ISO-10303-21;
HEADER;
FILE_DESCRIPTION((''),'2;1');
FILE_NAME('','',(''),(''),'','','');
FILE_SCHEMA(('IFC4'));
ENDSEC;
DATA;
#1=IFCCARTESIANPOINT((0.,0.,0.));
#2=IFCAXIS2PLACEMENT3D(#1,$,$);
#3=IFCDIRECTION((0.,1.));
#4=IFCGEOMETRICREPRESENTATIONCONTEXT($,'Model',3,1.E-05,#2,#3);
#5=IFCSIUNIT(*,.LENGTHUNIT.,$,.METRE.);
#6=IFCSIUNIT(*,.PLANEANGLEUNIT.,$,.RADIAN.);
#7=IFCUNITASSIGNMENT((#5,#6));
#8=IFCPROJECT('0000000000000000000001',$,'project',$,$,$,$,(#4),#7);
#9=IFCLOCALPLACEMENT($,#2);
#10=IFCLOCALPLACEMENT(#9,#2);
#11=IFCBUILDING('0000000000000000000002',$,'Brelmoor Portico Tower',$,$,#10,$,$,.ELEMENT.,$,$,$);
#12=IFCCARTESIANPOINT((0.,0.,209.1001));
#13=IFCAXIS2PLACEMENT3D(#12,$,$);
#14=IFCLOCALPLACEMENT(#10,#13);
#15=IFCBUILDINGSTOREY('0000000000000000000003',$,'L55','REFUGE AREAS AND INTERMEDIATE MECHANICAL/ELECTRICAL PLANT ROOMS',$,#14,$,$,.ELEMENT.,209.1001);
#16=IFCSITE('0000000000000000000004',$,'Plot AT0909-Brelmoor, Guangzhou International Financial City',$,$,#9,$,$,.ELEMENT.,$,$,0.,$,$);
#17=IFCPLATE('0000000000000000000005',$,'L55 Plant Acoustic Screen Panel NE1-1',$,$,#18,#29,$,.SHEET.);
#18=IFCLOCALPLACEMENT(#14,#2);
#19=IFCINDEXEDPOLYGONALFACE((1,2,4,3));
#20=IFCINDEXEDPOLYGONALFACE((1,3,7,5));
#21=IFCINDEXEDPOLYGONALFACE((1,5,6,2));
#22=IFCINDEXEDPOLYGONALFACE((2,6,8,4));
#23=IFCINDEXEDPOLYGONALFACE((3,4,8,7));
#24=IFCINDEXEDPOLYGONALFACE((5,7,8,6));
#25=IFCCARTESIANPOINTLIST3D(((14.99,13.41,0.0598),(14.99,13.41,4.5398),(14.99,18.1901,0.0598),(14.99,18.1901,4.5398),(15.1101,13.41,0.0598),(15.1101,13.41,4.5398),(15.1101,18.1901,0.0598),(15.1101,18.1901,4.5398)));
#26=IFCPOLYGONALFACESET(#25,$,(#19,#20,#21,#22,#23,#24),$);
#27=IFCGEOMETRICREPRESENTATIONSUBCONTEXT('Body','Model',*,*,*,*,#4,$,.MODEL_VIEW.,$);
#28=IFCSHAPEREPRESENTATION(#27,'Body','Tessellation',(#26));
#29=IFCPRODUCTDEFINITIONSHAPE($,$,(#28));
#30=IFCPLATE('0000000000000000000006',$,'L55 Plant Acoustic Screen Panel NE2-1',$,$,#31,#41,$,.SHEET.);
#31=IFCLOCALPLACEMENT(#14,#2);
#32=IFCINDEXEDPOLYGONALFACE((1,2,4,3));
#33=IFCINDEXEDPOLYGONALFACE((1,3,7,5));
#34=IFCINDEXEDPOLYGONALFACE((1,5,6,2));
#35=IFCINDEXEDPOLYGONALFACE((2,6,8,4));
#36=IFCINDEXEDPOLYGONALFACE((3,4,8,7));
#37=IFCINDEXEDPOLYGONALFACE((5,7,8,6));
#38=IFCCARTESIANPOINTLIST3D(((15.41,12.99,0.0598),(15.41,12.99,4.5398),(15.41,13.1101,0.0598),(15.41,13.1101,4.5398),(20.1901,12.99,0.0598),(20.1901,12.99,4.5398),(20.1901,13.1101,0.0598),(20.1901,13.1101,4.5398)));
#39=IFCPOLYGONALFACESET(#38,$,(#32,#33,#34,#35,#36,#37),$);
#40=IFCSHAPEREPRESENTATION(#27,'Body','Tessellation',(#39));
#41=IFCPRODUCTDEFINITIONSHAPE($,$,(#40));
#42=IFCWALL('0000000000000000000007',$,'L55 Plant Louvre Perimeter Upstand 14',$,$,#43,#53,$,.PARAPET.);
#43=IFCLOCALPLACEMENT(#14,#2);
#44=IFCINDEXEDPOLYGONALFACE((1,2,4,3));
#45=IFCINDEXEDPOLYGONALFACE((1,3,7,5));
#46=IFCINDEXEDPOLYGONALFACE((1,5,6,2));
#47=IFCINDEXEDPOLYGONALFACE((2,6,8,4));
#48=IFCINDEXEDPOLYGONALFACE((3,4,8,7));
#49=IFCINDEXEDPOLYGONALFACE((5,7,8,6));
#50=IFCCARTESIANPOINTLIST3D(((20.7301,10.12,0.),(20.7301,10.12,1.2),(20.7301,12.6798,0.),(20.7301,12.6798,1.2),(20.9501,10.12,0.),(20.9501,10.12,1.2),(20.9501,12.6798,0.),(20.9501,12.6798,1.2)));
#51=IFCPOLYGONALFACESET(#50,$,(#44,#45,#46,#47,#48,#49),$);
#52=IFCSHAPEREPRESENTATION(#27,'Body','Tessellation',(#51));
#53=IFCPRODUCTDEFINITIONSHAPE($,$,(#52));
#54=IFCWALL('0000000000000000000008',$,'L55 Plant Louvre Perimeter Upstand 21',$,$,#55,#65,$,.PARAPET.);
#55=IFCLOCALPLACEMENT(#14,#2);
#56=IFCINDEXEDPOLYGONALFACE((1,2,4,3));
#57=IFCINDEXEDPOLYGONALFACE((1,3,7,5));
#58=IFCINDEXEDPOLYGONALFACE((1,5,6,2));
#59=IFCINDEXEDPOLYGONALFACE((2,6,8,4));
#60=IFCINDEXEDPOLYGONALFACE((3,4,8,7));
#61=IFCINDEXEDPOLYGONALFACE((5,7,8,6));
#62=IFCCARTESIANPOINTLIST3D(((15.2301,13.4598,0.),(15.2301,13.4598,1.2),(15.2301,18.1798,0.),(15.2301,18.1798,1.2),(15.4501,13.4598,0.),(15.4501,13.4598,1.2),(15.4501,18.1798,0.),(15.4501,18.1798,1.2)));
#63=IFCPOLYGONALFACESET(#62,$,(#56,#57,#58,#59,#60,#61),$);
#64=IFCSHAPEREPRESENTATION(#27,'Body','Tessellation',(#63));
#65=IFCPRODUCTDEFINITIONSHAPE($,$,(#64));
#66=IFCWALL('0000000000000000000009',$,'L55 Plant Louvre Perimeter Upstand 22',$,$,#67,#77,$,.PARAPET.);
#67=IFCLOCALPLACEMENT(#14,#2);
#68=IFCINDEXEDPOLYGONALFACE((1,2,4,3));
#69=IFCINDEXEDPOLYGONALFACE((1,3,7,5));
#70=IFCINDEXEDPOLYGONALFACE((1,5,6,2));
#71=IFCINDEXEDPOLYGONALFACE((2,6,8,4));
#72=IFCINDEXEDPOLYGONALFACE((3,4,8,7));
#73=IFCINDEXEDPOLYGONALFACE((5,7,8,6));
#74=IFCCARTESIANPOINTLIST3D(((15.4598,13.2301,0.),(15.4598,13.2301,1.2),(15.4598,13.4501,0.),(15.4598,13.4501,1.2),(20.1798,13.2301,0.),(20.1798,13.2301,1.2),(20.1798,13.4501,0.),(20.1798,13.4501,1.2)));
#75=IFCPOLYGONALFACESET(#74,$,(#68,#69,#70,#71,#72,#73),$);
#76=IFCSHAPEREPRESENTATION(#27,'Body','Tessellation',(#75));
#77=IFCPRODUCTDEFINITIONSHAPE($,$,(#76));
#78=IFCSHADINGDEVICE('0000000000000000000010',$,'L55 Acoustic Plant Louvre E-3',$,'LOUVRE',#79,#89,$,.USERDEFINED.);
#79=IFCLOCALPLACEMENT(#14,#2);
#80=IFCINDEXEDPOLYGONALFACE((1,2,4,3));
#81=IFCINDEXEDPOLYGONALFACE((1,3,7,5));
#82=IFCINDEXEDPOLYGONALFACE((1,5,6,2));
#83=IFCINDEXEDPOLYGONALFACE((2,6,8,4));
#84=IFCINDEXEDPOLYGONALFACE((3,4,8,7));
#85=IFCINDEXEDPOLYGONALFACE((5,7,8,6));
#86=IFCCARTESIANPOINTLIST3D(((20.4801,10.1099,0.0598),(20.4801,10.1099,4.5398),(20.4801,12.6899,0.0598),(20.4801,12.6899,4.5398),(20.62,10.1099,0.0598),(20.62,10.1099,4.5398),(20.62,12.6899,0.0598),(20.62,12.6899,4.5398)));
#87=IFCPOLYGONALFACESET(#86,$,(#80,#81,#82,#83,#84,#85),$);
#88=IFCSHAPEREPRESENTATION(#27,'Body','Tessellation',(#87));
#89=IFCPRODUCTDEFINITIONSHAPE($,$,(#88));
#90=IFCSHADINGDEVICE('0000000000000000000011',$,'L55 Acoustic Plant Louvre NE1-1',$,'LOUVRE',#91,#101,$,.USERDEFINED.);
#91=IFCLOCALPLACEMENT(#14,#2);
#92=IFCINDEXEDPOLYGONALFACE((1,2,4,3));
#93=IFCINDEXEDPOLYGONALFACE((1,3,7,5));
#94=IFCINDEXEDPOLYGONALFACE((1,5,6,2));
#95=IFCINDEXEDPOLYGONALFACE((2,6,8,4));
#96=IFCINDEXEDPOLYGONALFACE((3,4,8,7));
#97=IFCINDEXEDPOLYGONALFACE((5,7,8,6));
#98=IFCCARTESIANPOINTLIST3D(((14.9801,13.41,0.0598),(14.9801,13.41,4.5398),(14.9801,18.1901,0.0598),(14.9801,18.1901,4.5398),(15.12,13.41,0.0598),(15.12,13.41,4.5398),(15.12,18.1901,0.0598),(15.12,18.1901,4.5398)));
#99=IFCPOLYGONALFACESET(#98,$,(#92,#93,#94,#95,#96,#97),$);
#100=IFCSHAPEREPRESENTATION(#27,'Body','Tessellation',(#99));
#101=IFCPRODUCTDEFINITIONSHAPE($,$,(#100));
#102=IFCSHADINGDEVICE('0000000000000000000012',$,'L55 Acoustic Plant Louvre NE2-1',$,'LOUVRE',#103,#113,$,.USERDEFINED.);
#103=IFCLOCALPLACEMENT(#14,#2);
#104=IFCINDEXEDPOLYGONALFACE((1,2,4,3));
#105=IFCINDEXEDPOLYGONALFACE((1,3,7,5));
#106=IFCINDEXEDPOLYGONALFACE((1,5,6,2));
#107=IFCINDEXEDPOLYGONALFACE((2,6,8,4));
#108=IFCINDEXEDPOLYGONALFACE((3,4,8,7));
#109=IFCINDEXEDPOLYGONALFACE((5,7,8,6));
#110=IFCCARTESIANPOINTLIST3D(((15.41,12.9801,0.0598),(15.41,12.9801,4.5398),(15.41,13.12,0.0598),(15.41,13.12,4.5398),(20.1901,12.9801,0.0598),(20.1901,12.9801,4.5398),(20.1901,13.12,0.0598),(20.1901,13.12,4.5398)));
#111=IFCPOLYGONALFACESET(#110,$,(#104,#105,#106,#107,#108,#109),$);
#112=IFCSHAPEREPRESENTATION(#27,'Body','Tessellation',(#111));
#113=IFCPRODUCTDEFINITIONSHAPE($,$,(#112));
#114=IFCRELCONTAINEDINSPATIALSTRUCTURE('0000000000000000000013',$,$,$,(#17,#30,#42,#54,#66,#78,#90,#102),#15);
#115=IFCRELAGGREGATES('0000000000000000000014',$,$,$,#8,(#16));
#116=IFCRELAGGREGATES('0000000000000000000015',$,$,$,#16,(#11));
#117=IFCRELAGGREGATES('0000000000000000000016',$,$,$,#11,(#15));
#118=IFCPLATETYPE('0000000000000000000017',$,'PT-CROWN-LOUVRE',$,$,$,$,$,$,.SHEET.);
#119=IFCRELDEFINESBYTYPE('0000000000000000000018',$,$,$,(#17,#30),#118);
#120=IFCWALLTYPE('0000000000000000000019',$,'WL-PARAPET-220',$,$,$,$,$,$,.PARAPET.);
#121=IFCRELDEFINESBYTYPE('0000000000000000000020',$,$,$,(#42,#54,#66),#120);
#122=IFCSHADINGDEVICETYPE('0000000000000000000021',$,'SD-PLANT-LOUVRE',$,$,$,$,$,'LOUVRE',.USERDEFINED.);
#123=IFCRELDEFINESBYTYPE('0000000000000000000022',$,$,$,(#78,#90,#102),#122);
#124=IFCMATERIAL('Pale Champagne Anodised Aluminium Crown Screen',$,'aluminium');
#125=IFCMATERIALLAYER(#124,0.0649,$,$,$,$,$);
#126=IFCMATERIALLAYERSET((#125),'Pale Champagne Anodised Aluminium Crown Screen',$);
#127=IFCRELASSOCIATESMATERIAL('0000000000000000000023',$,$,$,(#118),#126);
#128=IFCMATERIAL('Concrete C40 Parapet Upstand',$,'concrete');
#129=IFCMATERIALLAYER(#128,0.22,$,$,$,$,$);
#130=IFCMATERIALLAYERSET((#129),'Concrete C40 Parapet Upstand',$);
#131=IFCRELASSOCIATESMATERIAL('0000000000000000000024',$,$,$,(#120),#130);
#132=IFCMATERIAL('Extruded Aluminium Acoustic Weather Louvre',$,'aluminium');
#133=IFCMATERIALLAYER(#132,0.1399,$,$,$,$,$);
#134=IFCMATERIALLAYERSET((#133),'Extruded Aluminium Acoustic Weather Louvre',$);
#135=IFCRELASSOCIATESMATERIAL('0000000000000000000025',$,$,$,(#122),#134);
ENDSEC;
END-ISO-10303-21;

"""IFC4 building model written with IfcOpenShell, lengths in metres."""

from ifc_helpers import new_model, si_unit, direction, frame, frame_2d, origin, origin_2d, place, context, subcontext, project, spatial, rectangle, extrude, material, layer, layer_set, type_object, element, save


model = new_model("IFC4")

# Units and contexts
model_context = context("Model", 3, precision=1e-05, world=origin(), true_north=direction((0.0, 1.0)))
body_context = subcontext(model_context, "Body", "Model", "MODEL_VIEW")
ifc_project = project(units=[si_unit("LENGTHUNIT", "METRE"), si_unit("PLANEANGLEUNIT", "RADIAN")], contexts=[model_context])

# Site, building, storey
site_placement = place(None, origin())
site = spatial("IfcSite", under=ifc_project, at=site_placement, Name="Plot AT0909-Brelmoor, Guangzhou International Financial City", CompositionType="ELEMENT", RefElevation=0.0)
building_placement = place(site_placement, origin())
building = spatial("IfcBuilding", under=site, at=building_placement, Name="Brelmoor Portico Tower", CompositionType="ELEMENT")
storey_placement = place(building_placement, frame((0.0, 0.0, 209.1001)))
storey = spatial("IfcBuildingStorey", under=building, at=storey_placement, Name="L55", Description="REFUGE AREAS AND INTERMEDIATE MECHANICAL/ELECTRICAL PLANT ROOMS", CompositionType="ELEMENT", Elevation=209.1001)

# Plates
ifc_material_1 = material(Name="Pale Champagne Anodised Aluminium Crown Screen", Category="aluminium")
ifc_layer_1 = layer(ifc_material_1, 0.0649)
ifc_layer_set_1 = layer_set([ifc_layer_1], Name="Pale Champagne Anodised Aluminium Crown Screen")
plate_type_1 = type_object("IfcPlateType", Name="PT-CROWN-LOUVRE", PredefinedType="SHEET", material=ifc_layer_set_1)
for number, where, z_axis, x_axis, name in (
    (1, (15.05, 15.8, 0.0598), (0.0, 0.0, 1.0), (0.0, 1.0, 0.0), "L55 Plant Acoustic Screen Panel NE1-1"),
    (2, (17.8, 13.05, 0.0598), (0.0, 0.0, 1.0), (1.0, 0.0, 0.0), "L55 Plant Acoustic Screen Panel NE2-1"),
):
    element("IfcPlate", number, at=place(storey_placement, frame(where, z_axis=z_axis, x_axis=x_axis)), inside=storey, type_object=plate_type_1, Name=name, PredefinedType="SHEET", context=body_context, shape_type="SweptSolid", body=[
        extrude(rectangle(XDim=4.78, YDim=0.1201, at=origin_2d()), origin(), (0.0, 0.0, 1.0), 4.48),
    ])

# Walls
ifc_material_2 = material(Name="Concrete C40 Parapet Upstand", Category="concrete")
ifc_layer_2 = layer(ifc_material_2, 0.22)
ifc_layer_set_2 = layer_set([ifc_layer_2], Name="Concrete C40 Parapet Upstand")
wall_type = type_object("IfcWallType", Name="WL-PARAPET-220", PredefinedType="PARAPET", material=ifc_layer_set_2)
wall_placement = place(storey_placement, frame((20.8401, 10.1201, 0.0), z_axis=(0.0, 0.0, 1.0), x_axis=(0.0, 1.0, 0.0)))
element("IfcWall", 3, at=wall_placement, inside=storey, type_object=wall_type, Name="L55 Plant Louvre Perimeter Upstand 14", PredefinedType="PARAPET", context=body_context, shape_type="SweptSolid", body=[
    extrude(rectangle(XDim=2.5598, YDim=0.22, at=frame_2d((1.2798, 0.0))), origin(), (0.0, 0.0, 1.0), 1.2),
])
for number, where, z_axis, x_axis, name in (
    (4, (15.3401, 13.46, 0.0), (0.0, 0.0, 1.0), (0.0, 1.0, 0.0), "L55 Plant Louvre Perimeter Upstand 21"),
    (5, (15.46, 13.3401, 0.0), (0.0, 0.0, 1.0), (1.0, 0.0, 0.0), "L55 Plant Louvre Perimeter Upstand 22"),
):
    element("IfcWall", number, at=place(storey_placement, frame(where, z_axis=z_axis, x_axis=x_axis)), inside=storey, type_object=wall_type, Name=name, PredefinedType="PARAPET", context=body_context, shape_type="SweptSolid", body=[
        extrude(rectangle(XDim=4.72, YDim=0.22, at=frame_2d((2.3599, 0.0))), origin(), (0.0, 0.0, 1.0), 1.2),
    ])

# Shading devices
ifc_material_3 = material(Name="Extruded Aluminium Acoustic Weather Louvre", Category="aluminium")
ifc_layer_3 = layer(ifc_material_3, 0.1399)
ifc_layer_set_3 = layer_set([ifc_layer_3], Name="Extruded Aluminium Acoustic Weather Louvre")
shading_device_type = type_object("IfcShadingDeviceType", Name="SD-PLANT-LOUVRE", ElementType="LOUVRE", PredefinedType="USERDEFINED", material=ifc_layer_set_3)
shading_device_placement = place(storey_placement, frame((20.55, 11.3999, 0.0598), z_axis=(0.0, 0.0, 1.0), x_axis=(0.0, 1.0, 0.0)))
element("IfcShadingDevice", 6, at=shading_device_placement, inside=storey, type_object=shading_device_type, Name="L55 Acoustic Plant Louvre E-3", ObjectType="LOUVRE", PredefinedType="USERDEFINED", context=body_context, shape_type="SweptSolid", body=[
    extrude(rectangle(XDim=2.5801, YDim=0.1399, at=origin_2d()), origin(), (0.0, 0.0, 1.0), 4.48),
])
for number, where, z_axis, x_axis, name in (
    (7, (15.05, 15.8, 0.0598), (0.0, 0.0, 1.0), (0.0, 1.0, 0.0), "L55 Acoustic Plant Louvre NE1-1"),
    (8, (17.8, 13.05, 0.0598), (0.0, 0.0, 1.0), (1.0, 0.0, 0.0), "L55 Acoustic Plant Louvre NE2-1"),
):
    element("IfcShadingDevice", number, at=place(storey_placement, frame(where, z_axis=z_axis, x_axis=x_axis)), inside=storey, type_object=shading_device_type, Name=name, ObjectType="LOUVRE", PredefinedType="USERDEFINED", context=body_context, shape_type="SweptSolid", body=[
        extrude(rectangle(XDim=4.78, YDim=0.1399, at=origin_2d()), origin(), (0.0, 0.0, 1.0), 4.48),
    ])

save(model, "model.ifc")
